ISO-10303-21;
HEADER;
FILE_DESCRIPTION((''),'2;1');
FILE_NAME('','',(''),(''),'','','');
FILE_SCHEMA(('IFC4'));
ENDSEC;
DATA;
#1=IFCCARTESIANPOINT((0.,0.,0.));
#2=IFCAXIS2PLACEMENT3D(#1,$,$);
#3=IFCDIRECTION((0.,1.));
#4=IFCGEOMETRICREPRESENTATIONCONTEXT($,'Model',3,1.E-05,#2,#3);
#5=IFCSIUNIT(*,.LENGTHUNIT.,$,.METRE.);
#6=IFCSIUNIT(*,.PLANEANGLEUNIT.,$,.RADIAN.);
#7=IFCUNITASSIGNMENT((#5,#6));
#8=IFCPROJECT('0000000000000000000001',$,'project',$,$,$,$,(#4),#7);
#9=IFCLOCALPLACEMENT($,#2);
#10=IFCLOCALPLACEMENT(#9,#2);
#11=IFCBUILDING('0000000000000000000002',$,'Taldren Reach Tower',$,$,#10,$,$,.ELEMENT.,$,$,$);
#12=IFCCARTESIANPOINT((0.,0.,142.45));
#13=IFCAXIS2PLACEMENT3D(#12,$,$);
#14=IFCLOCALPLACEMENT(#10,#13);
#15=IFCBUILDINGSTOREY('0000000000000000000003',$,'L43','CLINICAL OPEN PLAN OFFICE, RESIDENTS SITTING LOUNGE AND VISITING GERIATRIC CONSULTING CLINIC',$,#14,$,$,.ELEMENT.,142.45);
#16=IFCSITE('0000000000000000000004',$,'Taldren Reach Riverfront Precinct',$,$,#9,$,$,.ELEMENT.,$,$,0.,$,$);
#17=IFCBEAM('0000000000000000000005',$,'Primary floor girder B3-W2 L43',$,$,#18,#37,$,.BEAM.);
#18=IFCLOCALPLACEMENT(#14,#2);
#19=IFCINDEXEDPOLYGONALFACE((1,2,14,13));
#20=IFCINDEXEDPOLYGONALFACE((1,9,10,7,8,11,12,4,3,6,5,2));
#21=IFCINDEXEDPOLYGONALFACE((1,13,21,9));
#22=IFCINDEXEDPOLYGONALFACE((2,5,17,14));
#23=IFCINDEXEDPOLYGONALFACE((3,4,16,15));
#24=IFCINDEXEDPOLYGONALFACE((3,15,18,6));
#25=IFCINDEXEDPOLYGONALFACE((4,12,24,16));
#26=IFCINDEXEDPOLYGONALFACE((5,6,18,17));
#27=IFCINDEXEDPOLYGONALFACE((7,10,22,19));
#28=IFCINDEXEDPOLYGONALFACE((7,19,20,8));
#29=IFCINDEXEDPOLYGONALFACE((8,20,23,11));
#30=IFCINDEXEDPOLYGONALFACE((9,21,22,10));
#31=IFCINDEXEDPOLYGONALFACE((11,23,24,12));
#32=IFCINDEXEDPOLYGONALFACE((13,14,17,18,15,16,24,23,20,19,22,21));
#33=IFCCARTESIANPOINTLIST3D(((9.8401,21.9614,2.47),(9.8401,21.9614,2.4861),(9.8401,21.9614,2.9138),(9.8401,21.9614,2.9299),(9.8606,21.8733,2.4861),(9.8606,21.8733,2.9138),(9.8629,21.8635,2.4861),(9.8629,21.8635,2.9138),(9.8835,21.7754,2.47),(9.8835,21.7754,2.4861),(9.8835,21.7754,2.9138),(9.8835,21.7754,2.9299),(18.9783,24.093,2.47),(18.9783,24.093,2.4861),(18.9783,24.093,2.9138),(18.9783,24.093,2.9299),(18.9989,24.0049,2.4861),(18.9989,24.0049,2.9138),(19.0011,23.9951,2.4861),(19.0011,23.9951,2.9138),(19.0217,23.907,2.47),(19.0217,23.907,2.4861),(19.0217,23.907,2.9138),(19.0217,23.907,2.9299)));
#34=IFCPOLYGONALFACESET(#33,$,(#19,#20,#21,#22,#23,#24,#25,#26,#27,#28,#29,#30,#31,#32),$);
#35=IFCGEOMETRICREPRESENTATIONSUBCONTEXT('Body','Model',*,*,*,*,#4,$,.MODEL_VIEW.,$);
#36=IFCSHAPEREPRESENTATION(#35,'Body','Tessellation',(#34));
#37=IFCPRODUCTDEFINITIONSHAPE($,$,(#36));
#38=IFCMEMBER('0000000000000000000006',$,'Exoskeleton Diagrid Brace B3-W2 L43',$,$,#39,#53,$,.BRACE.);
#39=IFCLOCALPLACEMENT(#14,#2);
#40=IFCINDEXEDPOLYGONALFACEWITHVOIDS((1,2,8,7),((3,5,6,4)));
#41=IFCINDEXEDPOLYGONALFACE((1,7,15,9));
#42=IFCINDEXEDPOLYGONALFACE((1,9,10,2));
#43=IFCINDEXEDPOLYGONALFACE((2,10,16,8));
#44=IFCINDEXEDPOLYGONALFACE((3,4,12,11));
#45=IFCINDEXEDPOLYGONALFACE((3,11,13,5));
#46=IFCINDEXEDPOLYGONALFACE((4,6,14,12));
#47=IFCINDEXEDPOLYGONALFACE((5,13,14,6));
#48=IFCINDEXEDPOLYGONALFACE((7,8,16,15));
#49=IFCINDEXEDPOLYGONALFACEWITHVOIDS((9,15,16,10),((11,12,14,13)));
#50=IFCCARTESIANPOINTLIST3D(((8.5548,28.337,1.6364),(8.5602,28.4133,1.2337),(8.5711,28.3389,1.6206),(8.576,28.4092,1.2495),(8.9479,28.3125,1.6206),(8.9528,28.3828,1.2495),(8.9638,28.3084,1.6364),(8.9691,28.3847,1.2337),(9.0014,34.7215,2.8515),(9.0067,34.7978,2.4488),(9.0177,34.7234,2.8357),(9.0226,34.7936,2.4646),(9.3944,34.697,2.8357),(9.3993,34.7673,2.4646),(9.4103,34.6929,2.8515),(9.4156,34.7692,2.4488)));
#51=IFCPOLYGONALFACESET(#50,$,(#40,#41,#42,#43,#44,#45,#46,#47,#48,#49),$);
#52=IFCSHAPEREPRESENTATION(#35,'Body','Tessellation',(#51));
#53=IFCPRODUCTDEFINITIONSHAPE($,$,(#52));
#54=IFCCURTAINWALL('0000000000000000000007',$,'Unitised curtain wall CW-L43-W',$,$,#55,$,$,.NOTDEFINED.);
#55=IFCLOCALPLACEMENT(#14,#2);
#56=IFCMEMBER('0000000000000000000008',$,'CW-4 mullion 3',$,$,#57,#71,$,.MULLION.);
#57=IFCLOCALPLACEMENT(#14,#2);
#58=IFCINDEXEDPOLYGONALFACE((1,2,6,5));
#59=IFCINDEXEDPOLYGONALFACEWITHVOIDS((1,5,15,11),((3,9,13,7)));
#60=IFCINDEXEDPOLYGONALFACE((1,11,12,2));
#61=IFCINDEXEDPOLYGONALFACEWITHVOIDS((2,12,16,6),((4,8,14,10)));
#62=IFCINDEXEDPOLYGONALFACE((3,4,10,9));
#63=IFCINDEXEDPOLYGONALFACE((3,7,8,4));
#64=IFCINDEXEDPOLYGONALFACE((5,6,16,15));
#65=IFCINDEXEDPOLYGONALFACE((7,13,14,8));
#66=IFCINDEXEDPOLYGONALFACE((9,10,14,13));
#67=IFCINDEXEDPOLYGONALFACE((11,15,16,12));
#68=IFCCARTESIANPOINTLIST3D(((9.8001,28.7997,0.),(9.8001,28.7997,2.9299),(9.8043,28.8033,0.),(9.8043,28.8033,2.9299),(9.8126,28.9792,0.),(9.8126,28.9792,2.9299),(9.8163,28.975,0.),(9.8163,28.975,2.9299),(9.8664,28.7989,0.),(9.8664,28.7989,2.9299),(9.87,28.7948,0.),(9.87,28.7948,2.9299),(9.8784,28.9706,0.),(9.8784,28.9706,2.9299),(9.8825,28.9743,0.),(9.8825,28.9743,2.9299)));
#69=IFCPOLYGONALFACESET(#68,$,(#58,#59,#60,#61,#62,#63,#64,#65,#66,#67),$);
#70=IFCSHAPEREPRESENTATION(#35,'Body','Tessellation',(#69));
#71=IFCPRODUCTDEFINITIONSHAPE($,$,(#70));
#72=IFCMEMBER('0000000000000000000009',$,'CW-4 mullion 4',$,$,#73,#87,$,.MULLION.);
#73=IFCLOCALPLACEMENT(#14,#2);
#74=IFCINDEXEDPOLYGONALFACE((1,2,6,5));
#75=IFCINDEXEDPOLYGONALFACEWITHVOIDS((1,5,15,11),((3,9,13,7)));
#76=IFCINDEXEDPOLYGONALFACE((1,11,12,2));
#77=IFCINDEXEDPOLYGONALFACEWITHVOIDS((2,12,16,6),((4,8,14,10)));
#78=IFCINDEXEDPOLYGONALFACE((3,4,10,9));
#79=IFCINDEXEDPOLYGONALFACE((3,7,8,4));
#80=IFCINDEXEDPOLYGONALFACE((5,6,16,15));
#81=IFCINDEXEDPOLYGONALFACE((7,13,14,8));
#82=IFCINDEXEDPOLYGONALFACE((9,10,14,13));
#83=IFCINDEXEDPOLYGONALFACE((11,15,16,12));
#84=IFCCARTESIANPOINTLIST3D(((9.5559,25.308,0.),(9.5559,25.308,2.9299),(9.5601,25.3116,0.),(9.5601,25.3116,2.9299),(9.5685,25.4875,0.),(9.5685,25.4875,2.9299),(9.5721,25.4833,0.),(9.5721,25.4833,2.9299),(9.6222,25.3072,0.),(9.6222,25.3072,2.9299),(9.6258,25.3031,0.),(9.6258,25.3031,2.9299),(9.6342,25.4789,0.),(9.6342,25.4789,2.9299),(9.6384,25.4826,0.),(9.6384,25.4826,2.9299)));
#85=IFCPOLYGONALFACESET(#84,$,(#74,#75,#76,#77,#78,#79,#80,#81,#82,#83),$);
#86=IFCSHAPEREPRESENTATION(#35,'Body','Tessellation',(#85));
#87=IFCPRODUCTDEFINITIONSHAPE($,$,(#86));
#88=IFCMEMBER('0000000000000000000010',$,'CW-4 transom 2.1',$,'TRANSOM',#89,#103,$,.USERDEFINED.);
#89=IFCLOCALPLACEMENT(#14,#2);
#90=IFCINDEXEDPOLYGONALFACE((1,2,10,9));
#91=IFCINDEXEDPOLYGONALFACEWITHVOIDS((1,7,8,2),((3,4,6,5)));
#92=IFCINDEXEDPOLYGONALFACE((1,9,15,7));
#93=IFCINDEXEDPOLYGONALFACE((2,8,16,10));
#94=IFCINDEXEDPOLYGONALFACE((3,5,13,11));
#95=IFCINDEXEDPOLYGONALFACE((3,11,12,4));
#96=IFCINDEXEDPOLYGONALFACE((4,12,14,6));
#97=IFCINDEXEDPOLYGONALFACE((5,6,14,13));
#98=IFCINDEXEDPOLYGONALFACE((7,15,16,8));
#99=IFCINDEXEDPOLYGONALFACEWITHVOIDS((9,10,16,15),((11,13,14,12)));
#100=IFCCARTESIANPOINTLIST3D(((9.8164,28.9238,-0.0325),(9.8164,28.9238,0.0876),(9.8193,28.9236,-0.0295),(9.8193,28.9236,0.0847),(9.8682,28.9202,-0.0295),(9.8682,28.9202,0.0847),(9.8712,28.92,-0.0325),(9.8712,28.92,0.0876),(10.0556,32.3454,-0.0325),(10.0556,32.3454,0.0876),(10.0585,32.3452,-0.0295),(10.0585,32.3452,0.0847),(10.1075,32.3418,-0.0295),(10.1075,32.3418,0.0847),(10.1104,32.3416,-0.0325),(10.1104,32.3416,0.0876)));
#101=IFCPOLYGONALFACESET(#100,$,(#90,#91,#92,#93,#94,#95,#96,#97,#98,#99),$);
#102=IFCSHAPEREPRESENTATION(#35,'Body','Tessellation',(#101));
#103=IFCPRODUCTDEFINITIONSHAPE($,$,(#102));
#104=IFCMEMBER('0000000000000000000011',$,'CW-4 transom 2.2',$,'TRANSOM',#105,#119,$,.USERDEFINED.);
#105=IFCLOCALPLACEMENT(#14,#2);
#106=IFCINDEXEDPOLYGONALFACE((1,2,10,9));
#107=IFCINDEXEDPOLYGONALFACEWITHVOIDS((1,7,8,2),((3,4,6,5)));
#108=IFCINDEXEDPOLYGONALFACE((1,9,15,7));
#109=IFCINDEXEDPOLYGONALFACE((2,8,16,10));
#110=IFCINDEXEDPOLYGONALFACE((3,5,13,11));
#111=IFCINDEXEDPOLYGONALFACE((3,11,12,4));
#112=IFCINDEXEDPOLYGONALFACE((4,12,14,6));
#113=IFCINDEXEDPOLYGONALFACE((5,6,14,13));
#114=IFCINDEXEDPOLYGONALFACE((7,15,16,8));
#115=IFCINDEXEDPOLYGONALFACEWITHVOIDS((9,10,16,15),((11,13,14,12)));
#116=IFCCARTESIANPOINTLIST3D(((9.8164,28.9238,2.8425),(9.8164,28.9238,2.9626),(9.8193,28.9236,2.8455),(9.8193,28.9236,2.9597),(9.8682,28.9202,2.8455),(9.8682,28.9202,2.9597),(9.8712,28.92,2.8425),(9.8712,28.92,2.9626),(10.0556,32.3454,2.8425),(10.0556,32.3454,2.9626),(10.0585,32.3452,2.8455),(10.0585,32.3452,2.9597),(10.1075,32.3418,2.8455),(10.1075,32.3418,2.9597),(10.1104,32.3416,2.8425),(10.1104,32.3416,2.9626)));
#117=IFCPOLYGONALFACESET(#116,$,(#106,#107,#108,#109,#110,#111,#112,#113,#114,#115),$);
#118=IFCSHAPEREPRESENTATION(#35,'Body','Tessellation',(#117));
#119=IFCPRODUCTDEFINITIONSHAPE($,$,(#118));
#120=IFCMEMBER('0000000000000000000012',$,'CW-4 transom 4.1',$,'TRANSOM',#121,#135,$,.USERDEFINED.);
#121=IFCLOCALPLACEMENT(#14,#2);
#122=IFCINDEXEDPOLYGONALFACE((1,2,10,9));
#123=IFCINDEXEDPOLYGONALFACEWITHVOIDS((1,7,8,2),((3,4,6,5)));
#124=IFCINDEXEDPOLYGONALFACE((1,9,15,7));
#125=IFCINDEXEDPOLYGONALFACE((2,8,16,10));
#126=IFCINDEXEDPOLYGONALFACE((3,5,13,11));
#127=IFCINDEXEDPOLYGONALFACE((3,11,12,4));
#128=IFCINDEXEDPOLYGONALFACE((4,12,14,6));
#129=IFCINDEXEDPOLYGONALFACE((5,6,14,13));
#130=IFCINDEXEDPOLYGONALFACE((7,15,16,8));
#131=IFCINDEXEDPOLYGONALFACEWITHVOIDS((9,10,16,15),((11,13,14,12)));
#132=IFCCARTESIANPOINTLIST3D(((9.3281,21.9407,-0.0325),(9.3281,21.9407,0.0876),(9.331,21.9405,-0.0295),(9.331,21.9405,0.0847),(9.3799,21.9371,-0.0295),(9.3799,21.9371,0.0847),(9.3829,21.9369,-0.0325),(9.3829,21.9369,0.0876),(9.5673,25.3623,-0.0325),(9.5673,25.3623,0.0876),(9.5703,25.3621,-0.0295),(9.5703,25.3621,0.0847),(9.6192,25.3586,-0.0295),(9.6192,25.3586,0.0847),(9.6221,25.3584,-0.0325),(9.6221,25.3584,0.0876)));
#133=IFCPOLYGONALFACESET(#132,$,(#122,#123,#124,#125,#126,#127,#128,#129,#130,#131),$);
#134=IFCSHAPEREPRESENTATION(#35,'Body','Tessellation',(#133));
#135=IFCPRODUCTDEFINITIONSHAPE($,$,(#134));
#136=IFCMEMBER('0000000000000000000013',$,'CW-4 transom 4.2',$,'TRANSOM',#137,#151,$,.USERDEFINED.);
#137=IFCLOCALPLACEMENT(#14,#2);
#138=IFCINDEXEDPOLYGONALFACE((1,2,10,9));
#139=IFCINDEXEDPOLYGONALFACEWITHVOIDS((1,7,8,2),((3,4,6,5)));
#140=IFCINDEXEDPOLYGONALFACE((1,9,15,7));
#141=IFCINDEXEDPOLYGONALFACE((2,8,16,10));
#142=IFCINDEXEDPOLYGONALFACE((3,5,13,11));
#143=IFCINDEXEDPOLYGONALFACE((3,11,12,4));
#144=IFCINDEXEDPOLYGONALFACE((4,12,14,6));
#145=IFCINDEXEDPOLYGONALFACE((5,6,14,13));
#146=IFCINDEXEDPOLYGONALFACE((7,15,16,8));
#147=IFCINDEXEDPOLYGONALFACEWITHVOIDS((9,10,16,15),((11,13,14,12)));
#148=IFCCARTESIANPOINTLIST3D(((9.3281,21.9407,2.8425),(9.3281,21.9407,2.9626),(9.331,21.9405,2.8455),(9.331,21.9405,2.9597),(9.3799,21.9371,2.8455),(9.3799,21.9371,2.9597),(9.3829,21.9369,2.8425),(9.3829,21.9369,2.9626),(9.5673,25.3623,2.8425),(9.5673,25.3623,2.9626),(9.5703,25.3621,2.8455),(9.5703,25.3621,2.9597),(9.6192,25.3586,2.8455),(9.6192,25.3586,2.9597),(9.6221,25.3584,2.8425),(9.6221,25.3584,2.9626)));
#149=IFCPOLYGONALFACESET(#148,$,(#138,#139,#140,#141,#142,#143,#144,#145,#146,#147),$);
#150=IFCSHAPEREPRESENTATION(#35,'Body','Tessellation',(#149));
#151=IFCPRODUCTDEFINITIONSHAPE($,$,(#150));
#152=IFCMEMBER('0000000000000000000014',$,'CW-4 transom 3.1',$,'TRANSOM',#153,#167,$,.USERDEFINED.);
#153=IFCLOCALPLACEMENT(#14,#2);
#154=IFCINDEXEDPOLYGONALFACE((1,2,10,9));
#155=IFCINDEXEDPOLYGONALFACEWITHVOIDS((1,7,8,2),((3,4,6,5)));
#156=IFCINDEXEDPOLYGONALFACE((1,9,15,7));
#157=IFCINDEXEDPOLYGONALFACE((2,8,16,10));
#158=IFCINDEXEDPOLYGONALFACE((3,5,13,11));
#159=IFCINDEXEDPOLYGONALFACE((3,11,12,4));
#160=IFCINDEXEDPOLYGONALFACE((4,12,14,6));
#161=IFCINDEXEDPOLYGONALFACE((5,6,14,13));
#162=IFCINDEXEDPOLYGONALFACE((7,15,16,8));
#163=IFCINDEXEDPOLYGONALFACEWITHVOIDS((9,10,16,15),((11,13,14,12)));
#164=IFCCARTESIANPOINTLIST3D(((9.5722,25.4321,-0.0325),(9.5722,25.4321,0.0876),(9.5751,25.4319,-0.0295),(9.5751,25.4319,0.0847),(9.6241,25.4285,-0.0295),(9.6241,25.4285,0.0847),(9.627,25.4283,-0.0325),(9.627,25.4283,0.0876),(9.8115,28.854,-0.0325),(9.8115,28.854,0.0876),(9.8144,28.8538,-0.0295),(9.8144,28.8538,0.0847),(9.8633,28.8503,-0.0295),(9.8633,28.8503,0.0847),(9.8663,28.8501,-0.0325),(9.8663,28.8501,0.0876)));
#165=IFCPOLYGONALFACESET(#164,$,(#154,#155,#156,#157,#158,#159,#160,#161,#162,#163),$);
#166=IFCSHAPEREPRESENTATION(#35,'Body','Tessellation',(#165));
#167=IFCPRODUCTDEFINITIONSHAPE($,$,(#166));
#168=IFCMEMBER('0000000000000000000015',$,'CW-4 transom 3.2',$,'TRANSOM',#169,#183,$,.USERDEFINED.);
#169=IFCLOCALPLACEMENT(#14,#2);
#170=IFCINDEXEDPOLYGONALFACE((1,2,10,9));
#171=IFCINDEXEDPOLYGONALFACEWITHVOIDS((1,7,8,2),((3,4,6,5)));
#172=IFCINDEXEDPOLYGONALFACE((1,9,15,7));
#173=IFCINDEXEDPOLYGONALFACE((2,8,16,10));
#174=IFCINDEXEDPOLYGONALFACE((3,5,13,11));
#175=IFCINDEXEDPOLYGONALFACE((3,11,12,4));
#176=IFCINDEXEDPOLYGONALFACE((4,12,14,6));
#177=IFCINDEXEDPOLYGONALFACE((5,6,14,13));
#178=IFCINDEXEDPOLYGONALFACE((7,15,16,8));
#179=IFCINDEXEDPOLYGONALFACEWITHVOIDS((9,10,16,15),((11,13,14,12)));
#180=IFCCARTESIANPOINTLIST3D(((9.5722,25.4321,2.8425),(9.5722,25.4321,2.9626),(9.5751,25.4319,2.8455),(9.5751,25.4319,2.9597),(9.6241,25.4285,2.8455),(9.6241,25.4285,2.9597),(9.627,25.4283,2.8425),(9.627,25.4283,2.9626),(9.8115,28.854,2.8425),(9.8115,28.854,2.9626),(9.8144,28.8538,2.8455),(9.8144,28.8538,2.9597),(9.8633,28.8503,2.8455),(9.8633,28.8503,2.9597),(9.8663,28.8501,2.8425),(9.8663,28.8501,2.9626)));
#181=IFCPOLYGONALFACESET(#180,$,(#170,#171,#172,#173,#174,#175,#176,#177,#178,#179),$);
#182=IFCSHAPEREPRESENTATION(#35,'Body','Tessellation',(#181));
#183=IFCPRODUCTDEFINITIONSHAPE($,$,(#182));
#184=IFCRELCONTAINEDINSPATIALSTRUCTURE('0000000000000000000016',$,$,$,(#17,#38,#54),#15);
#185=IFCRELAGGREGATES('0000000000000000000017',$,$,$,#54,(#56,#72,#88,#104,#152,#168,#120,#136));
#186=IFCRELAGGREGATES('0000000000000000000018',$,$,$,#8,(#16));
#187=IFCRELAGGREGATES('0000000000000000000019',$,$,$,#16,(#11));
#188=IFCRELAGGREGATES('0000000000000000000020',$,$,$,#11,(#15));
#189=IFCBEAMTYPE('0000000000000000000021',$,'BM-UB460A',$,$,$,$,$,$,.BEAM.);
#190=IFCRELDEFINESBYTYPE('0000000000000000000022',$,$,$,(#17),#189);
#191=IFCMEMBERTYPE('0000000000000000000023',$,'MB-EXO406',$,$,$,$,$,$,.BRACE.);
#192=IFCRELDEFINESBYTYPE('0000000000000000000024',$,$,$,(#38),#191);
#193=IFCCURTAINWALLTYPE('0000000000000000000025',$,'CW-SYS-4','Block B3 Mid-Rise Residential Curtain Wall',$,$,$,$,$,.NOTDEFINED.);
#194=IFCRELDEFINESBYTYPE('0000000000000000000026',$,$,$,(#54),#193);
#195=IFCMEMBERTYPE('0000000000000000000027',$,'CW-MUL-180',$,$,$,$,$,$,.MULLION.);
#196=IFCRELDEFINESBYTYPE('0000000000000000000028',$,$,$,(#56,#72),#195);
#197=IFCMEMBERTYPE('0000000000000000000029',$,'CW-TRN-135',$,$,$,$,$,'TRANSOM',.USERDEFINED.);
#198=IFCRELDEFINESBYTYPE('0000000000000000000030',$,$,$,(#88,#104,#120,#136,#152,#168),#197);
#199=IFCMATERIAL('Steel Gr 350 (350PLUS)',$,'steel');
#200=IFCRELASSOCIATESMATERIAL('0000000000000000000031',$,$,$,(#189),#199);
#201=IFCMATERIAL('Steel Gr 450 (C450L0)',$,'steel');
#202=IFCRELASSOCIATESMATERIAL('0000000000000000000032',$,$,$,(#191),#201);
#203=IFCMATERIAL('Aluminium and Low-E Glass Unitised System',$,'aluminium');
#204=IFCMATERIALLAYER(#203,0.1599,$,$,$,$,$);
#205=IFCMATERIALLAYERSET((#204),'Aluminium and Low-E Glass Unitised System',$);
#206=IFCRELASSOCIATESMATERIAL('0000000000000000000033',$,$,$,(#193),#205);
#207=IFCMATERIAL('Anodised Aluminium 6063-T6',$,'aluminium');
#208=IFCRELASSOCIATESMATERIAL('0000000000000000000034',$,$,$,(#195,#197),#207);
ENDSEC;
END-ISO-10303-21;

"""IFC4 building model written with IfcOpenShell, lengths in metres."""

from ifc_helpers import new_model, si_unit, direction, frame, origin, origin_2d, place, context, subcontext, project, spatial, hollow_rectangle, i_section, extrude, source, transform, mapped, material, layer, layer_set, material_profile, profile_set, type_object, element, aggregate, save


model = new_model("IFC4")

# Units and contexts
model_context = context("Model", 3, precision=1e-05, world=origin(), true_north=direction((0.0, 1.0)))
body_context = subcontext(model_context, "Body", "Model", "MODEL_VIEW")
ifc_project = project(units=[si_unit("LENGTHUNIT", "METRE"), si_unit("PLANEANGLEUNIT", "RADIAN")], contexts=[model_context])

# Site, building, storey
site_placement = place(None, origin())
site = spatial("IfcSite", under=ifc_project, at=site_placement, Name="Taldren Reach Riverfront Precinct", CompositionType="ELEMENT", RefElevation=0.0)
building_placement = place(site_placement, origin())
building = spatial("IfcBuilding", under=site, at=building_placement, Name="Taldren Reach Tower", CompositionType="ELEMENT")
storey_placement = place(building_placement, frame((0.0, 0.0, 142.45)))
storey = spatial("IfcBuildingStorey", under=building, at=storey_placement, Name="L43", Description="CLINICAL OPEN PLAN OFFICE, RESIDENTS SITTING LOUNGE AND VISITING GERIATRIC CONSULTING CLINIC", CompositionType="ELEMENT", Elevation=142.45)

# Shared definitions
ifc_material_1 = material(Name="Steel Gr 450 (C450L0)", Category="steel")

# Beam
ifc_material_2 = material(Name="Steel Gr 350 (350PLUS)", Category="steel")
ifc_material_profile_1 = material_profile(ifc_material_2, i_section(OverallWidth=0.1909, OverallDepth=0.46, WebThickness=0.01, FlangeThickness=0.0161, at=origin_2d()), Name="460UB82.1")
ifc_profile_set_1 = profile_set([ifc_material_profile_1], Name="Steel Gr 350 (350PLUS)")
beam_type_1 = type_object("IfcBeamType", Name="BM-UB460A", PredefinedType="BEAM", material=ifc_profile_set_1)
shared_shape_1 = source(origin(), body_context, "Body", "SweptSolid", [
    extrude(i_section(OverallWidth=0.1909, OverallDepth=0.46, WebThickness=0.01, FlangeThickness=0.0161, at=origin_2d()), origin(), (0.0, 0.0, 1.0), 9.3835),
])
beam_1_placement = place(storey_placement, frame((19.0, 24.0, 2.7), z_axis=(-0.973857, -0.227164, 0.0), x_axis=(0.227164, -0.973857, 0.0)))
element("IfcBeam", 1, at=beam_1_placement, inside=storey, type_object=beam_type_1, Name="Primary floor girder B3-W2 L43", PredefinedType="BEAM", context=body_context, shape_type="MappedRepresentation", body=[
    mapped(shared_shape_1, transform((0.0, 0.0, 0.0), scale=1.0)),
])

# Member
ifc_material_profile_2 = material_profile(ifc_material_1, hollow_rectangle(XDim=0.4099, YDim=0.4099, WallThickness=0.0161, at=origin_2d()), Name="410x410x16.0SHS")
ifc_profile_set_2 = profile_set([ifc_material_profile_2], Name="Steel Gr 450 (C450L0)")
member_type_1 = type_object("IfcMemberType", Name="MB-EXO406", PredefinedType="BRACE", material=ifc_profile_set_2)
shared_shape_2 = source(origin(), body_context, "Body", "SweptSolid", [
    extrude(hollow_rectangle(XDim=0.4099, YDim=0.4099, WallThickness=0.0161, at=origin_2d()), origin(), (0.0, 0.0, 1.0), 6.5144),
])
member_1_placement = place(storey_placement, frame((8.762, 28.3608, 1.4351), z_axis=(0.068545, 0.980057, 0.186522), x_axis=(-0.997563, 0.06977, 0.0)))
element("IfcMember", 2, at=member_1_placement, inside=storey, type_object=member_type_1, Name="Exoskeleton Diagrid Brace B3-W2 L43", PredefinedType="BRACE", context=body_context, shape_type="MappedRepresentation", body=[
    mapped(shared_shape_2, transform((0.0, 0.0, 0.0), scale=1.0)),
])

# Curtain wall, members
ifc_material_3 = material(Name="Aluminium and Low-E Glass Unitised System", Category="aluminium")
ifc_layer_1 = layer(ifc_material_3, 0.1599)
ifc_layer_set_1 = layer_set([ifc_layer_1], Name="Aluminium and Low-E Glass Unitised System")
curtain_wall_type = type_object("IfcCurtainWallType", Name="CW-SYS-4", Description="Block B3 Mid-Rise Residential Curtain Wall", PredefinedType="NOTDEFINED", material=ifc_layer_set_1)
curtain_wall_placement = place(storey_placement, origin())
curtain_wall = element("IfcCurtainWall", 3, at=curtain_wall_placement, inside=storey, type_object=curtain_wall_type, Name="Unitised curtain wall CW-L43-W", PredefinedType="NOTDEFINED")
ifc_material_4 = material(Name="Anodised Aluminium 6063-T6", Category="aluminium")
ifc_material_profile_3 = material_profile(ifc_material_4, hollow_rectangle(XDim=0.0701, YDim=0.1799, WallThickness=0.0039, at=origin_2d()), Name="ALU-180x70x4RHS")
ifc_profile_set_3 = profile_set([ifc_material_profile_3], Name="Anodised Aluminium 6063-T6")
member_type_2 = type_object("IfcMemberType", Name="CW-MUL-180", PredefinedType="MULLION", material=ifc_profile_set_3)
shared_shape_3 = source(origin(), body_context, "Body", "SweptSolid", [
    extrude(hollow_rectangle(XDim=0.0701, YDim=0.1799, WallThickness=0.0039, at=origin_2d()), origin(), (0.0, 0.0, 1.0), 2.9299),
])
member_2_placement = place(storey_placement, frame((9.8413, 28.887, 0.0), z_axis=(0.0, 0.0, 1.0), x_axis=(0.997564, -0.069756, 0.0)))
member_2 = element("IfcMember", 4, at=member_2_placement, type_object=member_type_2, Name="CW-4 mullion 3", PredefinedType="MULLION", context=body_context, shape_type="MappedRepresentation", body=[
    mapped(shared_shape_3, transform((0.0, 0.0, 0.0), scale=1.0)),
])
member_3_placement = place(storey_placement, frame((9.5972, 25.3953, 0.0), z_axis=(0.0, 0.0, 1.0), x_axis=(0.997564, -0.069756, 0.0)))
member_3 = element("IfcMember", 5, at=member_3_placement, type_object=member_type_2, Name="CW-4 mullion 4", PredefinedType="MULLION", context=body_context, shape_type="MappedRepresentation", body=[
    mapped(shared_shape_3, transform((0.0, 0.0, 0.0), scale=1.0)),
])
ifc_material_profile_4 = material_profile(ifc_material_4, hollow_rectangle(XDim=0.0549, YDim=0.1201, WallThickness=0.0029, at=origin_2d()), Name="ALU-120x55x3RHS")
ifc_profile_set_4 = profile_set([ifc_material_profile_4], Name="Anodised Aluminium 6063-T6")
member_type_3 = type_object("IfcMemberType", Name="CW-TRN-135", ElementType="TRANSOM", PredefinedType="USERDEFINED", material=ifc_profile_set_4)
shared_shape_4 = source(origin(), body_context, "Body", "SweptSolid", [
    extrude(hollow_rectangle(XDim=0.0549, YDim=0.1201, WallThickness=0.0029, at=origin_2d()), origin(), (0.0, 0.0, 1.0), 3.4299),
])
member_4_placement = place(storey_placement, frame((10.083, 32.3435, 0.0276), z_axis=(-0.069755, -0.997564, 0.0), x_axis=(0.997564, -0.069755, 0.0)))
member_4 = element("IfcMember", 6, at=member_4_placement, type_object=member_type_3, Name="CW-4 transom 2.1", ObjectType="TRANSOM", PredefinedType="USERDEFINED", context=body_context, shape_type="MappedRepresentation", body=[
    mapped(shared_shape_4, transform((0.0, 0.0, 0.0), scale=1.0)),
])
member_5_placement = place(storey_placement, frame((10.083, 32.3435, 2.9026), z_axis=(-0.069755, -0.997564, 0.0), x_axis=(0.997564, -0.069755, 0.0)))
member_5 = element("IfcMember", 7, at=member_5_placement, type_object=member_type_3, Name="CW-4 transom 2.2", ObjectType="TRANSOM", PredefinedType="USERDEFINED", context=body_context, shape_type="MappedRepresentation", body=[
    mapped(shared_shape_4, transform((0.0, 0.0, 0.0), scale=1.0)),
])
member_6_placement = place(storey_placement, frame((9.5947, 25.3604, 0.0276), z_axis=(-0.069755, -0.997564, 0.0), x_axis=(0.997564, -0.069755, 0.0)))
member_6 = element("IfcMember", 8, at=member_6_placement, type_object=member_type_3, Name="CW-4 transom 4.1", ObjectType="TRANSOM", PredefinedType="USERDEFINED", context=body_context, shape_type="MappedRepresentation", body=[
    mapped(shared_shape_4, transform((0.0, 0.0, 0.0), scale=1.0)),
])
member_7_placement = place(storey_placement, frame((9.5947, 25.3604, 2.9026), z_axis=(-0.069755, -0.997564, 0.0), x_axis=(0.997564, -0.069755, 0.0)))
member_7 = element("IfcMember", 9, at=member_7_placement, type_object=member_type_3, Name="CW-4 transom 4.2", ObjectType="TRANSOM", PredefinedType="USERDEFINED", context=body_context, shape_type="MappedRepresentation", body=[
    mapped(shared_shape_4, transform((0.0, 0.0, 0.0), scale=1.0)),
])
shared_shape_5 = source(origin(), body_context, "Body", "SweptSolid", [
    extrude(hollow_rectangle(XDim=0.0549, YDim=0.1201, WallThickness=0.0029, at=origin_2d()), origin(), (0.0, 0.0, 1.0), 3.4302),
])
member_8_placement = place(storey_placement, frame((9.8389, 28.8521, 0.0276), z_axis=(-0.06975, -0.997565, 0.0), x_axis=(0.997565, -0.06975, 0.0)))
member_8 = element("IfcMember", 10, at=member_8_placement, type_object=member_type_3, Name="CW-4 transom 3.1", ObjectType="TRANSOM", PredefinedType="USERDEFINED", context=body_context, shape_type="MappedRepresentation", body=[
    mapped(shared_shape_5, transform((0.0, 0.0, 0.0), scale=1.0)),
])
member_9_placement = place(storey_placement, frame((9.8389, 28.8521, 2.9026), z_axis=(-0.06975, -0.997565, 0.0), x_axis=(0.997565, -0.06975, 0.0)))
member_9 = element("IfcMember", 11, at=member_9_placement, type_object=member_type_3, Name="CW-4 transom 3.2", ObjectType="TRANSOM", PredefinedType="USERDEFINED", context=body_context, shape_type="MappedRepresentation", body=[
    mapped(shared_shape_5, transform((0.0, 0.0, 0.0), scale=1.0)),
])

aggregate(curtain_wall, [member_2, member_3, member_4, member_5, member_8, member_9, member_6, member_7])

save(model, "model.ifc")
